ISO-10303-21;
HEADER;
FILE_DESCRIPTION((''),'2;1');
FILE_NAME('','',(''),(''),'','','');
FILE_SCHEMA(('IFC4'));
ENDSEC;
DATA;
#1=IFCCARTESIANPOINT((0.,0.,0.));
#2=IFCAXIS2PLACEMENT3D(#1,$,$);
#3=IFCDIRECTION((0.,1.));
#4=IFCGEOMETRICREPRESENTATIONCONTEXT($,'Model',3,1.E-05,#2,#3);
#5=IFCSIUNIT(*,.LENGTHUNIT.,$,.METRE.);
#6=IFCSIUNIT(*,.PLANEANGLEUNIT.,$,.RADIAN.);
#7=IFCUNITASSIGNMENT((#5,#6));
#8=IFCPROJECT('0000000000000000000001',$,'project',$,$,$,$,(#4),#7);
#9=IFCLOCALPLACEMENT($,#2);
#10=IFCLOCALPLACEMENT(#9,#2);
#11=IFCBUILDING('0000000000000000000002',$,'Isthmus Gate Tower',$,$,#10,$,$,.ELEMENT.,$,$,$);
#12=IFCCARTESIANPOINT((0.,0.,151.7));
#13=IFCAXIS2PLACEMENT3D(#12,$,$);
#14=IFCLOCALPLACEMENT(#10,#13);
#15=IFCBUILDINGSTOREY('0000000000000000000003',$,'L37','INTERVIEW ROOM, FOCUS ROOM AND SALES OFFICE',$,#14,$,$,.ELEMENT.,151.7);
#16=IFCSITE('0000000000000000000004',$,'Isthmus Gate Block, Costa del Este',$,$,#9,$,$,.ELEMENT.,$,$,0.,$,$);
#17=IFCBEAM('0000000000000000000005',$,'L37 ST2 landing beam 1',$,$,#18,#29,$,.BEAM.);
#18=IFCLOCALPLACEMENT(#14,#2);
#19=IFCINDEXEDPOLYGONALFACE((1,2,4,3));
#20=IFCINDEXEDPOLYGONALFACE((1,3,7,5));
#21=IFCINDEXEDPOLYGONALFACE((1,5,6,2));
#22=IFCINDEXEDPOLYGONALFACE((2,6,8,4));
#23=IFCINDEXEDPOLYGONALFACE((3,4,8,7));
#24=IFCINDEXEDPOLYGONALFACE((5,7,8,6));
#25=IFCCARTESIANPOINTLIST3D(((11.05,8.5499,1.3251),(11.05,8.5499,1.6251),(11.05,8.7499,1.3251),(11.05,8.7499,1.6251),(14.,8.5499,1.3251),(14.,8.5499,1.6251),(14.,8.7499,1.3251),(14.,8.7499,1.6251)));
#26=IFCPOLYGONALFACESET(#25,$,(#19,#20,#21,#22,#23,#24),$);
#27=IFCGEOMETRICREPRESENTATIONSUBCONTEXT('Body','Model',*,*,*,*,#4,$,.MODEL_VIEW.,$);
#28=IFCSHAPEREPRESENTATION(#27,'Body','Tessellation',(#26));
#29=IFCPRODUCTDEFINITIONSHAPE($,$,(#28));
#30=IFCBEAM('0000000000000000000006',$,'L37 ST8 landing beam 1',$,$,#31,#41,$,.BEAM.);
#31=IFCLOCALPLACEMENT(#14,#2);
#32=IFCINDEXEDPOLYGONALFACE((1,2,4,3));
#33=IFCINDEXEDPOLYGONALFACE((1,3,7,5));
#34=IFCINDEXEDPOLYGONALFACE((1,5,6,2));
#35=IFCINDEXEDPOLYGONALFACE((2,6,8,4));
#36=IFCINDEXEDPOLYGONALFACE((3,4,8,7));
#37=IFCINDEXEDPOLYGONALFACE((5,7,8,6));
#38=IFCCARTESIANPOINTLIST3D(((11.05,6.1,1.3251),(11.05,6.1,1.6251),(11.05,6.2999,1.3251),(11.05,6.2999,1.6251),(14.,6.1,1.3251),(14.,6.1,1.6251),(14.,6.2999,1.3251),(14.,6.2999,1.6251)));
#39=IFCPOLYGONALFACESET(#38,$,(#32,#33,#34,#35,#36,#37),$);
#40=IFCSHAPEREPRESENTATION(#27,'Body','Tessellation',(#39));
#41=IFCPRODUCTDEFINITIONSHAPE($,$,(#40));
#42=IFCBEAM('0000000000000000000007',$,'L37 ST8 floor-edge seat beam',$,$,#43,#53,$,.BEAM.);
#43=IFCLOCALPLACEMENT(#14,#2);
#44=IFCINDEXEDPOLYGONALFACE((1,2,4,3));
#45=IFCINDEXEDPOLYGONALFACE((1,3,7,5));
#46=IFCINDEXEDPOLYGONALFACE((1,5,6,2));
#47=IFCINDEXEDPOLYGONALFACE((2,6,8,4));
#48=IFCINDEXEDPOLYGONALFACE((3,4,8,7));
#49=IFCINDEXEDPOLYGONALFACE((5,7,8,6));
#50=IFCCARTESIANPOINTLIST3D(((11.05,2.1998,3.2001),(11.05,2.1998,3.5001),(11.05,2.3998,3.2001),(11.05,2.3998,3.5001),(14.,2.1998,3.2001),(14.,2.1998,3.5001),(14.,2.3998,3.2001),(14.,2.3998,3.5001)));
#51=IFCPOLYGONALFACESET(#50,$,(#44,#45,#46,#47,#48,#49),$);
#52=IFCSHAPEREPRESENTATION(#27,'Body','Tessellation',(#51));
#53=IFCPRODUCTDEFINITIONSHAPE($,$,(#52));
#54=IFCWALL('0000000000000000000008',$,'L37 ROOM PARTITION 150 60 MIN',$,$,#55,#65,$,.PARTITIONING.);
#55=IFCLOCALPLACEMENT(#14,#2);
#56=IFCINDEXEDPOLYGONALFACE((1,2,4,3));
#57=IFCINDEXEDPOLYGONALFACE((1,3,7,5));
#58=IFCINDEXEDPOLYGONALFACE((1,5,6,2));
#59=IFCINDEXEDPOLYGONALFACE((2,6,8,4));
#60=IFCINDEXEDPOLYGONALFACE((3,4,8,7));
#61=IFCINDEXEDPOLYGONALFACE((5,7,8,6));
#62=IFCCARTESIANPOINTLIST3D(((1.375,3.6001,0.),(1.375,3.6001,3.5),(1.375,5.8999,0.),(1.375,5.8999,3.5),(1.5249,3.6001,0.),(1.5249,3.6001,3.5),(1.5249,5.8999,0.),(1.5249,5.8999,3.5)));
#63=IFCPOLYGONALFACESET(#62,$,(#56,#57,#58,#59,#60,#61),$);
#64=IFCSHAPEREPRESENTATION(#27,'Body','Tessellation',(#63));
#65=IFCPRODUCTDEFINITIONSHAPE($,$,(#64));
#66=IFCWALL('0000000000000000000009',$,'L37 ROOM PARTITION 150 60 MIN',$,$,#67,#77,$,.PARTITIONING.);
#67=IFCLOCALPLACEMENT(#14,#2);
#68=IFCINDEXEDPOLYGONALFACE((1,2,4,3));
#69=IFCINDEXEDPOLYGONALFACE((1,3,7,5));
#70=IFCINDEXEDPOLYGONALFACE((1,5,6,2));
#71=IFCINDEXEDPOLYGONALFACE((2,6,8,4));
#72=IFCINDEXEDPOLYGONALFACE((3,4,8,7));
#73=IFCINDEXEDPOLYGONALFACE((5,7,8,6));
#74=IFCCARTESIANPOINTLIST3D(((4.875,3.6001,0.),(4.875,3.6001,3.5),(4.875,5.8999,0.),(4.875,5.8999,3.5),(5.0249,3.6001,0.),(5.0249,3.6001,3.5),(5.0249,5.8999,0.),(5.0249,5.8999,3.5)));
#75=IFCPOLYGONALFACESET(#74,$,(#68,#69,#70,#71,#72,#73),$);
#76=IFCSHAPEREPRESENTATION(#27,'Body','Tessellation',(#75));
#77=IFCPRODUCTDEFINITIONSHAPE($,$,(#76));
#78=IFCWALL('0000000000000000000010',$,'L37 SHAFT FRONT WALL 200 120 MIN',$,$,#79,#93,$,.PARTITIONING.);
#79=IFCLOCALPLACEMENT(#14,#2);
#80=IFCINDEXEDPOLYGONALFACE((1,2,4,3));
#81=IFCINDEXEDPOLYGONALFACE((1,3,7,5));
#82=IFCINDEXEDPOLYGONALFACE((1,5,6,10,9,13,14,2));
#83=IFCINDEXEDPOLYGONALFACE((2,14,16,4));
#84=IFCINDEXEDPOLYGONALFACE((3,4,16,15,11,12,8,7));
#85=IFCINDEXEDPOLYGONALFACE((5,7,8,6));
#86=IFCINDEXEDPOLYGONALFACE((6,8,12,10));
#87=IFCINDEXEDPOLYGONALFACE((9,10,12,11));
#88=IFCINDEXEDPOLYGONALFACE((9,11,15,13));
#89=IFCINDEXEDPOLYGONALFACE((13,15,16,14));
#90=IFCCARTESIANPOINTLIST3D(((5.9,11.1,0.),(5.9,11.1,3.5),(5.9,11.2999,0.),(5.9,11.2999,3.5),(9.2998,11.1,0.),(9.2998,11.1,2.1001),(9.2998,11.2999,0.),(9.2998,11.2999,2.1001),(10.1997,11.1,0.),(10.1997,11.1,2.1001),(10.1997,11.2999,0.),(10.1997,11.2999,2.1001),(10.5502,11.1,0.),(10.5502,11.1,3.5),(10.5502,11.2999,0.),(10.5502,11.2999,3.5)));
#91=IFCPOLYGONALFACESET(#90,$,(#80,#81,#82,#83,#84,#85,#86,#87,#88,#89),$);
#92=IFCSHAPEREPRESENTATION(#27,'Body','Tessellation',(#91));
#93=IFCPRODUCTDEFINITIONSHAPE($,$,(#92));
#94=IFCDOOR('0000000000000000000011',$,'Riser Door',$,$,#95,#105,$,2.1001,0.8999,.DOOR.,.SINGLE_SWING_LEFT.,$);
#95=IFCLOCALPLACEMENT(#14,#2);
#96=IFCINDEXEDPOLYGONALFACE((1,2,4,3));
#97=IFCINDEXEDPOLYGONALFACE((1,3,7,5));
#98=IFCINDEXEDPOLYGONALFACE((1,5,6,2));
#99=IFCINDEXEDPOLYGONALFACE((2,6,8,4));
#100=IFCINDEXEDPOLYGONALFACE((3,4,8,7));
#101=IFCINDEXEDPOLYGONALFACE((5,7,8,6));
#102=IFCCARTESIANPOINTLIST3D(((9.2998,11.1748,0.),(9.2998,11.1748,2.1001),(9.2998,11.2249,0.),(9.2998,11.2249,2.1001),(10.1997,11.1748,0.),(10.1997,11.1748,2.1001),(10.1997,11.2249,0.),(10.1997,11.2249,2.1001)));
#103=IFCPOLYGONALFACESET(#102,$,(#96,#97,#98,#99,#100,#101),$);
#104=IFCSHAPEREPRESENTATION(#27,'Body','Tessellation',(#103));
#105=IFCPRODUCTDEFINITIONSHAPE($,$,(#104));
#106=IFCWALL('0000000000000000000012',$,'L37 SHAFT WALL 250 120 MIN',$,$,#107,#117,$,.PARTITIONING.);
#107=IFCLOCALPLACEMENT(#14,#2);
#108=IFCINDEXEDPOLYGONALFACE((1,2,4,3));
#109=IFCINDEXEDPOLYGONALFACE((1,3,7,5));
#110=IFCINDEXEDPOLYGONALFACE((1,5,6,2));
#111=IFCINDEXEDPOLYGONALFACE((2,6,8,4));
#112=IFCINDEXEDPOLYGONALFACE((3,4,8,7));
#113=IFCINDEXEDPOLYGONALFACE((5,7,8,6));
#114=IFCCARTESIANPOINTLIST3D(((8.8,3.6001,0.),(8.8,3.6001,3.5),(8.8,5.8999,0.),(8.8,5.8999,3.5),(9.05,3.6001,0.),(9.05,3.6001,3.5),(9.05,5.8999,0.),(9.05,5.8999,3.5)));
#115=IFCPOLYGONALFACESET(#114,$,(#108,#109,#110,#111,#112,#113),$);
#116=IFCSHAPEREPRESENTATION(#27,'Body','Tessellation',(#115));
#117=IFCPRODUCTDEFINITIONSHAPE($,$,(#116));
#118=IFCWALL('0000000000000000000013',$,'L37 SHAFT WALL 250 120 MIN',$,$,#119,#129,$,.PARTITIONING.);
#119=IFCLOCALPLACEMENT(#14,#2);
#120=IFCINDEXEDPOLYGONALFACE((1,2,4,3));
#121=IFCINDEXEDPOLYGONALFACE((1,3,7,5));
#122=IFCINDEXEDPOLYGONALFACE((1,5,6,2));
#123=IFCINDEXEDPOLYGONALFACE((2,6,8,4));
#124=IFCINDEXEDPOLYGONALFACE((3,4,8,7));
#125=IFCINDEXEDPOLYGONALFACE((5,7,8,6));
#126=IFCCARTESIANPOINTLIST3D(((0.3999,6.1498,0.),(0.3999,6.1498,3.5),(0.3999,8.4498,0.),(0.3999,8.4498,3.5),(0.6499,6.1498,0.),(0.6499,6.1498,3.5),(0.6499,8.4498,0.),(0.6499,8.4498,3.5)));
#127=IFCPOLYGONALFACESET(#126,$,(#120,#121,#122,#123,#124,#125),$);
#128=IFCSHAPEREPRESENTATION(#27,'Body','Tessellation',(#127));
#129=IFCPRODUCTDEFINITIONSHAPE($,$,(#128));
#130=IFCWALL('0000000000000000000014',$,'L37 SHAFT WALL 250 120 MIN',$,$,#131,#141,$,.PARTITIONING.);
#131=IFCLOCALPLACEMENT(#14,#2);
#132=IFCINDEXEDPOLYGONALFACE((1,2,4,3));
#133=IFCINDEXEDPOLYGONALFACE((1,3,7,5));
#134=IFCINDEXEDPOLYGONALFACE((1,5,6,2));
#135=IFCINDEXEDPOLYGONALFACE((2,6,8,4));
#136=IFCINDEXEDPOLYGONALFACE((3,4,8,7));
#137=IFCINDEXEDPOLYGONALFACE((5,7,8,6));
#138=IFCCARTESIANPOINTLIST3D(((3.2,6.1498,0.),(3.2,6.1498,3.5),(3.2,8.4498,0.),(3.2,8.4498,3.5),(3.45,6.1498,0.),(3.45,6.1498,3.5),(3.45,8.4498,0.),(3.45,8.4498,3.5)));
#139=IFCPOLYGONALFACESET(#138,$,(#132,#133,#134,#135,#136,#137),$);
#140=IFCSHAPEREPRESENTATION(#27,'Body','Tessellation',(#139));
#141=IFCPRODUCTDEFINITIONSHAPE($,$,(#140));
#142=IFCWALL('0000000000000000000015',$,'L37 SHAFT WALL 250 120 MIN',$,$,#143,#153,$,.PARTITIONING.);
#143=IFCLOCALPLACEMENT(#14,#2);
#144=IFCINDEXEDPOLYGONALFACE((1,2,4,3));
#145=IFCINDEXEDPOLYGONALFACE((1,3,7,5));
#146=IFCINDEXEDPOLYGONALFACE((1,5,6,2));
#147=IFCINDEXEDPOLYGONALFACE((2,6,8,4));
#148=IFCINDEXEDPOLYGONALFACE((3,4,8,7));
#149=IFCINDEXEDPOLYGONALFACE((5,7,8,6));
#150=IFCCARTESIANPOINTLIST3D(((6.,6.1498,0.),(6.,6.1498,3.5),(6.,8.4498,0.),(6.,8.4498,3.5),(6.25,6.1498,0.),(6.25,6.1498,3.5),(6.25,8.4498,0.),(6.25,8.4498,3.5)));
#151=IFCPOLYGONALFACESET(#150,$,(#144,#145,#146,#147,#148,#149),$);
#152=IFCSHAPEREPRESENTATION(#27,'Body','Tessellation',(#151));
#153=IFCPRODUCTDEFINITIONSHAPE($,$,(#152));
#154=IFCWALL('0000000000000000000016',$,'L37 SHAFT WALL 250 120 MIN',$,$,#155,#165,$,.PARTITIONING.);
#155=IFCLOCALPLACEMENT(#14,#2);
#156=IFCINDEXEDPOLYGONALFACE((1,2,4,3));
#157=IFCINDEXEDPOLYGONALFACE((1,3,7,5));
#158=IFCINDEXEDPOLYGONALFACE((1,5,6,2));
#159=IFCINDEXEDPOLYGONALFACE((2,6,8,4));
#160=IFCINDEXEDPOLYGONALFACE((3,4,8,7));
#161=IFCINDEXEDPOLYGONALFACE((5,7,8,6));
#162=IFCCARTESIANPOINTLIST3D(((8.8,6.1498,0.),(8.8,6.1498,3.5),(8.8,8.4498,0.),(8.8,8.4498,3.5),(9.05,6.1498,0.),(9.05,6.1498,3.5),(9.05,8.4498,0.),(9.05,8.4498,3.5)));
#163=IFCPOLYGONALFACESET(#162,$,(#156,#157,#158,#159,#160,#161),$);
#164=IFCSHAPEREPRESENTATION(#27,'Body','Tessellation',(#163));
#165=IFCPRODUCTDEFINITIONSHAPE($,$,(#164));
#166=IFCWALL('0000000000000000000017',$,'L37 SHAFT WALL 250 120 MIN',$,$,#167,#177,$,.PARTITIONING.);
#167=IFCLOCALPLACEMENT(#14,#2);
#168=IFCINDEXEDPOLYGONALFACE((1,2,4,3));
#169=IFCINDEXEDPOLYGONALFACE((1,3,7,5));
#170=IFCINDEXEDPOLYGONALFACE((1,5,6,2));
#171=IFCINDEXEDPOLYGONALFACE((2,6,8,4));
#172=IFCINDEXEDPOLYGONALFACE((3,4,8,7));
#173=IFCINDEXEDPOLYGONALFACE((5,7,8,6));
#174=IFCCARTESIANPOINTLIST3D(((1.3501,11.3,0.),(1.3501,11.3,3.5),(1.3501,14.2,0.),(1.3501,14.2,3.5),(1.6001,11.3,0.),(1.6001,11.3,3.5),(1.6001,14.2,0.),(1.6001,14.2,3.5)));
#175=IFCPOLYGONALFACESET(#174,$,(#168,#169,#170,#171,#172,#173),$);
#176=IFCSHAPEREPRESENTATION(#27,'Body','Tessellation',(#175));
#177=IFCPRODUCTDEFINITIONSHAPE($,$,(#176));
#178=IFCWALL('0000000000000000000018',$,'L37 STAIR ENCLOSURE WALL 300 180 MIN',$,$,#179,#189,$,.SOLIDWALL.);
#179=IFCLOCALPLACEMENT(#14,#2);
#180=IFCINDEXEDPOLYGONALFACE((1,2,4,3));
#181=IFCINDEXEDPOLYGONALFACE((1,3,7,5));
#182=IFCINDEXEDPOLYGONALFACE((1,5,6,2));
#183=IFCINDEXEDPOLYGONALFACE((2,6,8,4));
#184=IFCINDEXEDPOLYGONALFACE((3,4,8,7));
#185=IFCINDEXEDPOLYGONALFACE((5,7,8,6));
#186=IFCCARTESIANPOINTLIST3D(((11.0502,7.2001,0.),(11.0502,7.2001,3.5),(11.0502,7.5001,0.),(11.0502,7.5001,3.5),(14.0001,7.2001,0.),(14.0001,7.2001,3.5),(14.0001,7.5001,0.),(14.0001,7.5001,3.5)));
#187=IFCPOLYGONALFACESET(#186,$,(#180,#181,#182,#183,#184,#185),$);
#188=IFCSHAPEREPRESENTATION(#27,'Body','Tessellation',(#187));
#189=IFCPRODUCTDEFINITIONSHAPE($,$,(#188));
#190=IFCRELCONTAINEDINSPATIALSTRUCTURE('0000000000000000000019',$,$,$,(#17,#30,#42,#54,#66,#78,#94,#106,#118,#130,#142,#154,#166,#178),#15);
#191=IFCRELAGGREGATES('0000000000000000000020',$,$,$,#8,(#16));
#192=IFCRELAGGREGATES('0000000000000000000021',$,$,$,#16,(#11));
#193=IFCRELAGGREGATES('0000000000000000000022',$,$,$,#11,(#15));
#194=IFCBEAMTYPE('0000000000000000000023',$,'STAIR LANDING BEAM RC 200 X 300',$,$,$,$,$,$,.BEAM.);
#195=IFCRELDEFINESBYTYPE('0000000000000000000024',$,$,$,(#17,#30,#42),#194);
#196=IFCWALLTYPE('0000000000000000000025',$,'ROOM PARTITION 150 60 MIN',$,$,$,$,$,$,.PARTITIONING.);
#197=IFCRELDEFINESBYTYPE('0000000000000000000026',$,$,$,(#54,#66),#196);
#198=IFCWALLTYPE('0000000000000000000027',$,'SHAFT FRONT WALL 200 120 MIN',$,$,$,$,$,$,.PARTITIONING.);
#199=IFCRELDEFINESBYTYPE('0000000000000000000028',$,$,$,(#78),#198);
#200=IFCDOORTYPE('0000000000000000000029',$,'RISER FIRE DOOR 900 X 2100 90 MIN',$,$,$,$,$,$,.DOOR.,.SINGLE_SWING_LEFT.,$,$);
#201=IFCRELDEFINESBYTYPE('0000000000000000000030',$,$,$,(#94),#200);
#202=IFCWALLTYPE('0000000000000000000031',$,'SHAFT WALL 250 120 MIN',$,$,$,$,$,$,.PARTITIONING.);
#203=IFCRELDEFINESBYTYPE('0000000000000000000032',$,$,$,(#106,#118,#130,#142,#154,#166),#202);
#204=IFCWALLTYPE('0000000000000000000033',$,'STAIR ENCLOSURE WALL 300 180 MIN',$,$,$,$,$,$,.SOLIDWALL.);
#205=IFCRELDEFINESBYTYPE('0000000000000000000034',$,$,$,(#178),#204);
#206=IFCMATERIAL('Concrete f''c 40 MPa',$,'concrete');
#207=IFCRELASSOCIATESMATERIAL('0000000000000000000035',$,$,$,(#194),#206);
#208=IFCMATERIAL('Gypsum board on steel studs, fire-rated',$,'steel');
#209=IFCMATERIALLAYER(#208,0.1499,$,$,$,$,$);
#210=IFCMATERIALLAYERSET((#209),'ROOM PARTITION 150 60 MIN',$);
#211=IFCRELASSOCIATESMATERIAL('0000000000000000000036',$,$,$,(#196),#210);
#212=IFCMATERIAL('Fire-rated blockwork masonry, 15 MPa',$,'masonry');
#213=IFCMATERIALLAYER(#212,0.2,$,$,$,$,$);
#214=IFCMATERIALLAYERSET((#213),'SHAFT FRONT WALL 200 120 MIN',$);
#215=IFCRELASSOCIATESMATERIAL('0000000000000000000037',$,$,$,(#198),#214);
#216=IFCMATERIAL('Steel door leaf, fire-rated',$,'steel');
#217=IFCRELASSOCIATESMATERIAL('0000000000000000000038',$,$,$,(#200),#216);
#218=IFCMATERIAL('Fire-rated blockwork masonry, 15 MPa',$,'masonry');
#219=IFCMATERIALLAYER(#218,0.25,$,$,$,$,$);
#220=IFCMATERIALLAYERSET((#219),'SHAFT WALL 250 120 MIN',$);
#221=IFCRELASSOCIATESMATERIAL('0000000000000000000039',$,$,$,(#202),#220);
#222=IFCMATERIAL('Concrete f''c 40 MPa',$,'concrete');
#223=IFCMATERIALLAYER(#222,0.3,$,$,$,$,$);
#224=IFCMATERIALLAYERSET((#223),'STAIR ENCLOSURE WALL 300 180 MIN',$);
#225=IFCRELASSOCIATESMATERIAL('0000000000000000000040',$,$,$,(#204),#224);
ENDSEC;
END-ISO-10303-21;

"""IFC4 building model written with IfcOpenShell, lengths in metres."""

from ifc_helpers import new_model, si_unit, direction, frame, frame_2d, origin, origin_2d, place, context, subcontext, project, spatial, rectangle, extrude, material, layer, layer_set, material_profile, profile_set, type_object, element, fill, save


model = new_model("IFC4")

# Units and contexts
model_context = context("Model", 3, precision=1e-05, world=origin(), true_north=direction((0.0, 1.0)))
body_context = subcontext(model_context, "Body", "Model", "MODEL_VIEW")
ifc_project = project(units=[si_unit("LENGTHUNIT", "METRE"), si_unit("PLANEANGLEUNIT", "RADIAN")], contexts=[model_context])

# Site, building, storey
site_placement = place(None, origin())
site = spatial("IfcSite", under=ifc_project, at=site_placement, Name="Isthmus Gate Block, Costa del Este", CompositionType="ELEMENT", RefElevation=0.0)
building_placement = place(site_placement, origin())
building = spatial("IfcBuilding", under=site, at=building_placement, Name="Isthmus Gate Tower", CompositionType="ELEMENT")
storey_placement = place(building_placement, frame((0.0, 0.0, 151.7)))
storey = spatial("IfcBuildingStorey", under=building, at=storey_placement, Name="L37", Description="INTERVIEW ROOM, FOCUS ROOM AND SALES OFFICE", CompositionType="ELEMENT", Elevation=151.7)

# Beams
ifc_material_1 = material(Name="Concrete f'c 40 MPa", Category="concrete")
ifc_material_profile = material_profile(ifc_material_1, rectangle(XDim=0.2, YDim=0.3, at=origin_2d()), Name="STAIR LANDING BEAM RC 200 X 300")
ifc_profile_set = profile_set([ifc_material_profile], Name="Concrete f'c 40 MPa")
beam_type = type_object("IfcBeamType", Name="STAIR LANDING BEAM RC 200 X 300", PredefinedType="BEAM", material=ifc_profile_set)
for number, where, z_axis, x_axis, name in (
    (1, (11.05, 8.6499, 1.4751), (1.0, 0.0, 0.0), (0.0, 1.0, 0.0), "L37 ST2 landing beam 1"),
    (2, (11.05, 6.2, 1.4751), (1.0, 0.0, 0.0), (0.0, 1.0, 0.0), "L37 ST8 landing beam 1"),
    (3, (11.05, 2.2998, 3.3501), (1.0, 0.0, 0.0), (0.0, 1.0, 0.0), "L37 ST8 floor-edge seat beam"),
):
    element("IfcBeam", number, at=place(storey_placement, frame(where, z_axis=z_axis, x_axis=x_axis)), inside=storey, type_object=beam_type, Name=name, PredefinedType="BEAM", context=body_context, shape_type="SweptSolid", body=[
        extrude(rectangle(XDim=0.2, YDim=0.3, at=origin_2d()), origin(), (0.0, 0.0, 1.0), 2.95),
    ])

# Walls
ifc_material_2 = material(Name="Gypsum board on steel studs, fire-rated", Category="steel")
ifc_layer_1 = layer(ifc_material_2, 0.1499)
ifc_layer_set_1 = layer_set([ifc_layer_1], Name="ROOM PARTITION 150 60 MIN")
wall_type_1 = type_object("IfcWallType", Name="ROOM PARTITION 150 60 MIN", PredefinedType="PARTITIONING", material=ifc_layer_set_1)
for number, where, z_axis, x_axis, name in (
    (4, (1.45, 3.6001, 0.0), (0.0, 0.0, 1.0), (0.0, 1.0, 0.0), "L37 ROOM PARTITION 150 60 MIN"),
    (5, (4.95, 3.6001, 0.0), (0.0, 0.0, 1.0), (0.0, 1.0, 0.0), "L37 ROOM PARTITION 150 60 MIN"),
):
    element("IfcWall", number, at=place(storey_placement, frame(where, z_axis=z_axis, x_axis=x_axis)), inside=storey, type_object=wall_type_1, Name=name, PredefinedType="PARTITIONING", context=body_context, shape_type="SweptSolid", body=[
        extrude(rectangle(XDim=2.2998, YDim=0.1499, at=frame_2d((1.1499, 0.0))), origin(), (0.0, 0.0, 1.0), 3.5),
    ])

# Wall, opening, door
ifc_material_3 = material(Name="Fire-rated blockwork masonry, 15 MPa", Category="masonry")
ifc_layer_2 = layer(ifc_material_3, 0.2)
ifc_layer_set_2 = layer_set([ifc_layer_2], Name="SHAFT FRONT WALL 200 120 MIN")
wall_type_2 = type_object("IfcWallType", Name="SHAFT FRONT WALL 200 120 MIN", PredefinedType="PARTITIONING", material=ifc_layer_set_2)
wall_1_placement = place(storey_placement, frame((5.8999, 11.2, 0.0), z_axis=(0.0, 0.0, 1.0), x_axis=(1.0, 0.0, 0.0)))
wall_1 = element("IfcWall", 6, at=wall_1_placement, inside=storey, type_object=wall_type_2, Name="L37 SHAFT FRONT WALL 200 120 MIN", PredefinedType="PARTITIONING", context=body_context, shape_type="SweptSolid", body=[
    extrude(rectangle(XDim=4.6501, YDim=0.2, at=frame_2d((2.3252, 0.0))), origin(), (0.0, 0.0, 1.0), 3.5),
])
opening_placement = place(wall_1_placement, frame((3.3999, 0.0, 0.0)))
opening = element("IfcOpeningElement", 7, at=opening_placement, cuts=wall_1, PredefinedType="OPENING", context=body_context, shape_type="SweptSolid", body=[
    extrude(rectangle(XDim=0.8999, YDim=2.1001, at=frame_2d((0.45, 1.05))), frame((0.0, 0.1099, 0.0), z_axis=(0.0, -1.0, 0.0), x_axis=(1.0, 0.0, 0.0)), (0.0, 0.0, 1.0), 0.22),
])
ifc_material_4 = material(Name="Steel door leaf, fire-rated", Category="steel")
door_type = type_object("IfcDoorType", Name="RISER FIRE DOOR 900 X 2100 90 MIN", OperationType="SINGLE_SWING_LEFT", PredefinedType="DOOR", material=ifc_material_4)
door_placement = place(opening_placement, origin())
door = element("IfcDoor", 8, at=door_placement, inside=storey, type_object=door_type, Name="Riser Door", OperationType="SINGLE_SWING_LEFT", OverallHeight=2.1001, OverallWidth=0.8999, PredefinedType="DOOR", context=body_context, shape_type="SweptSolid", body=[
    extrude(rectangle(XDim=0.8999, YDim=2.1001, at=frame_2d((0.45, 1.05))), frame((0.0, 0.0249, 0.0), z_axis=(0.0, -1.0, 0.0), x_axis=(1.0, 0.0, 0.0)), (0.0, 0.0, 1.0), 0.05),
])
fill(opening, door)

# Walls
ifc_material_5 = material(Name="Fire-rated blockwork masonry, 15 MPa", Category="masonry")
ifc_layer_3 = layer(ifc_material_5, 0.25)
ifc_layer_set_3 = layer_set([ifc_layer_3], Name="SHAFT WALL 250 120 MIN")
wall_type_3 = type_object("IfcWallType", Name="SHAFT WALL 250 120 MIN", PredefinedType="PARTITIONING", material=ifc_layer_set_3)
wall_2_placement = place(storey_placement, frame((8.925, 3.6001, 0.0), z_axis=(0.0, 0.0, 1.0), x_axis=(0.0, 1.0, 0.0)))
element("IfcWall", 9, at=wall_2_placement, inside=storey, type_object=wall_type_3, Name="L37 SHAFT WALL 250 120 MIN", PredefinedType="PARTITIONING", context=body_context, shape_type="SweptSolid", body=[
    extrude(rectangle(XDim=2.2998, YDim=0.25, at=frame_2d((1.1499, 0.0))), origin(), (0.0, 0.0, 1.0), 3.5),
])
for number, where, z_axis, x_axis, name in (
    (10, (0.5249, 6.1499, 0.0), (0.0, 0.0, 1.0), (0.0, 1.0, 0.0), "L37 SHAFT WALL 250 120 MIN"),
    (11, (3.325, 6.1499, 0.0), (0.0, 0.0, 1.0), (0.0, 1.0, 0.0), "L37 SHAFT WALL 250 120 MIN"),
    (12, (6.125, 6.1499, 0.0), (0.0, 0.0, 1.0), (0.0, 1.0, 0.0), "L37 SHAFT WALL 250 120 MIN"),
    (13, (8.925, 6.1499, 0.0), (0.0, 0.0, 1.0), (0.0, 1.0, 0.0), "L37 SHAFT WALL 250 120 MIN"),
):
    element("IfcWall", number, at=place(storey_placement, frame(where, z_axis=z_axis, x_axis=x_axis)), inside=storey, type_object=wall_type_3, Name=name, PredefinedType="PARTITIONING", context=body_context, shape_type="SweptSolid", body=[
        extrude(rectangle(XDim=2.3, YDim=0.25, at=frame_2d((1.1499, 0.0))), origin(), (0.0, 0.0, 1.0), 3.5),
    ])
wall_3_placement = place(storey_placement, frame((1.4751, 11.3, 0.0), z_axis=(0.0, 0.0, 1.0), x_axis=(0.0, 1.0, 0.0)))
element("IfcWall", 14, at=wall_3_placement, inside=storey, type_object=wall_type_3, Name="L37 SHAFT WALL 250 120 MIN", PredefinedType="PARTITIONING", context=body_context, shape_type="SweptSolid", body=[
    extrude(rectangle(XDim=2.8999, YDim=0.25, at=frame_2d((1.45, 0.0))), origin(), (0.0, 0.0, 1.0), 3.5),
])
ifc_material_6 = material(Name="Concrete f'c 40 MPa", Category="concrete")
ifc_layer_4 = layer(ifc_material_6, 0.3)
ifc_layer_set_4 = layer_set([ifc_layer_4], Name="STAIR ENCLOSURE WALL 300 180 MIN")
wall_type_4 = type_object("IfcWallType", Name="STAIR ENCLOSURE WALL 300 180 MIN", PredefinedType="SOLIDWALL", material=ifc_layer_set_4)
wall_4_placement = place(storey_placement, frame((11.05, 7.3501, 0.0), z_axis=(0.0, 0.0, 1.0), x_axis=(1.0, 0.0, 0.0)))
element("IfcWall", 15, at=wall_4_placement, inside=storey, type_object=wall_type_4, Name="L37 STAIR ENCLOSURE WALL 300 180 MIN", PredefinedType="SOLIDWALL", context=body_context, shape_type="SweptSolid", body=[
    extrude(rectangle(XDim=2.95, YDim=0.3, at=frame_2d((1.4751, 0.0))), origin(), (0.0, 0.0, 1.0), 3.5),
])

save(model, "model.ifc")
